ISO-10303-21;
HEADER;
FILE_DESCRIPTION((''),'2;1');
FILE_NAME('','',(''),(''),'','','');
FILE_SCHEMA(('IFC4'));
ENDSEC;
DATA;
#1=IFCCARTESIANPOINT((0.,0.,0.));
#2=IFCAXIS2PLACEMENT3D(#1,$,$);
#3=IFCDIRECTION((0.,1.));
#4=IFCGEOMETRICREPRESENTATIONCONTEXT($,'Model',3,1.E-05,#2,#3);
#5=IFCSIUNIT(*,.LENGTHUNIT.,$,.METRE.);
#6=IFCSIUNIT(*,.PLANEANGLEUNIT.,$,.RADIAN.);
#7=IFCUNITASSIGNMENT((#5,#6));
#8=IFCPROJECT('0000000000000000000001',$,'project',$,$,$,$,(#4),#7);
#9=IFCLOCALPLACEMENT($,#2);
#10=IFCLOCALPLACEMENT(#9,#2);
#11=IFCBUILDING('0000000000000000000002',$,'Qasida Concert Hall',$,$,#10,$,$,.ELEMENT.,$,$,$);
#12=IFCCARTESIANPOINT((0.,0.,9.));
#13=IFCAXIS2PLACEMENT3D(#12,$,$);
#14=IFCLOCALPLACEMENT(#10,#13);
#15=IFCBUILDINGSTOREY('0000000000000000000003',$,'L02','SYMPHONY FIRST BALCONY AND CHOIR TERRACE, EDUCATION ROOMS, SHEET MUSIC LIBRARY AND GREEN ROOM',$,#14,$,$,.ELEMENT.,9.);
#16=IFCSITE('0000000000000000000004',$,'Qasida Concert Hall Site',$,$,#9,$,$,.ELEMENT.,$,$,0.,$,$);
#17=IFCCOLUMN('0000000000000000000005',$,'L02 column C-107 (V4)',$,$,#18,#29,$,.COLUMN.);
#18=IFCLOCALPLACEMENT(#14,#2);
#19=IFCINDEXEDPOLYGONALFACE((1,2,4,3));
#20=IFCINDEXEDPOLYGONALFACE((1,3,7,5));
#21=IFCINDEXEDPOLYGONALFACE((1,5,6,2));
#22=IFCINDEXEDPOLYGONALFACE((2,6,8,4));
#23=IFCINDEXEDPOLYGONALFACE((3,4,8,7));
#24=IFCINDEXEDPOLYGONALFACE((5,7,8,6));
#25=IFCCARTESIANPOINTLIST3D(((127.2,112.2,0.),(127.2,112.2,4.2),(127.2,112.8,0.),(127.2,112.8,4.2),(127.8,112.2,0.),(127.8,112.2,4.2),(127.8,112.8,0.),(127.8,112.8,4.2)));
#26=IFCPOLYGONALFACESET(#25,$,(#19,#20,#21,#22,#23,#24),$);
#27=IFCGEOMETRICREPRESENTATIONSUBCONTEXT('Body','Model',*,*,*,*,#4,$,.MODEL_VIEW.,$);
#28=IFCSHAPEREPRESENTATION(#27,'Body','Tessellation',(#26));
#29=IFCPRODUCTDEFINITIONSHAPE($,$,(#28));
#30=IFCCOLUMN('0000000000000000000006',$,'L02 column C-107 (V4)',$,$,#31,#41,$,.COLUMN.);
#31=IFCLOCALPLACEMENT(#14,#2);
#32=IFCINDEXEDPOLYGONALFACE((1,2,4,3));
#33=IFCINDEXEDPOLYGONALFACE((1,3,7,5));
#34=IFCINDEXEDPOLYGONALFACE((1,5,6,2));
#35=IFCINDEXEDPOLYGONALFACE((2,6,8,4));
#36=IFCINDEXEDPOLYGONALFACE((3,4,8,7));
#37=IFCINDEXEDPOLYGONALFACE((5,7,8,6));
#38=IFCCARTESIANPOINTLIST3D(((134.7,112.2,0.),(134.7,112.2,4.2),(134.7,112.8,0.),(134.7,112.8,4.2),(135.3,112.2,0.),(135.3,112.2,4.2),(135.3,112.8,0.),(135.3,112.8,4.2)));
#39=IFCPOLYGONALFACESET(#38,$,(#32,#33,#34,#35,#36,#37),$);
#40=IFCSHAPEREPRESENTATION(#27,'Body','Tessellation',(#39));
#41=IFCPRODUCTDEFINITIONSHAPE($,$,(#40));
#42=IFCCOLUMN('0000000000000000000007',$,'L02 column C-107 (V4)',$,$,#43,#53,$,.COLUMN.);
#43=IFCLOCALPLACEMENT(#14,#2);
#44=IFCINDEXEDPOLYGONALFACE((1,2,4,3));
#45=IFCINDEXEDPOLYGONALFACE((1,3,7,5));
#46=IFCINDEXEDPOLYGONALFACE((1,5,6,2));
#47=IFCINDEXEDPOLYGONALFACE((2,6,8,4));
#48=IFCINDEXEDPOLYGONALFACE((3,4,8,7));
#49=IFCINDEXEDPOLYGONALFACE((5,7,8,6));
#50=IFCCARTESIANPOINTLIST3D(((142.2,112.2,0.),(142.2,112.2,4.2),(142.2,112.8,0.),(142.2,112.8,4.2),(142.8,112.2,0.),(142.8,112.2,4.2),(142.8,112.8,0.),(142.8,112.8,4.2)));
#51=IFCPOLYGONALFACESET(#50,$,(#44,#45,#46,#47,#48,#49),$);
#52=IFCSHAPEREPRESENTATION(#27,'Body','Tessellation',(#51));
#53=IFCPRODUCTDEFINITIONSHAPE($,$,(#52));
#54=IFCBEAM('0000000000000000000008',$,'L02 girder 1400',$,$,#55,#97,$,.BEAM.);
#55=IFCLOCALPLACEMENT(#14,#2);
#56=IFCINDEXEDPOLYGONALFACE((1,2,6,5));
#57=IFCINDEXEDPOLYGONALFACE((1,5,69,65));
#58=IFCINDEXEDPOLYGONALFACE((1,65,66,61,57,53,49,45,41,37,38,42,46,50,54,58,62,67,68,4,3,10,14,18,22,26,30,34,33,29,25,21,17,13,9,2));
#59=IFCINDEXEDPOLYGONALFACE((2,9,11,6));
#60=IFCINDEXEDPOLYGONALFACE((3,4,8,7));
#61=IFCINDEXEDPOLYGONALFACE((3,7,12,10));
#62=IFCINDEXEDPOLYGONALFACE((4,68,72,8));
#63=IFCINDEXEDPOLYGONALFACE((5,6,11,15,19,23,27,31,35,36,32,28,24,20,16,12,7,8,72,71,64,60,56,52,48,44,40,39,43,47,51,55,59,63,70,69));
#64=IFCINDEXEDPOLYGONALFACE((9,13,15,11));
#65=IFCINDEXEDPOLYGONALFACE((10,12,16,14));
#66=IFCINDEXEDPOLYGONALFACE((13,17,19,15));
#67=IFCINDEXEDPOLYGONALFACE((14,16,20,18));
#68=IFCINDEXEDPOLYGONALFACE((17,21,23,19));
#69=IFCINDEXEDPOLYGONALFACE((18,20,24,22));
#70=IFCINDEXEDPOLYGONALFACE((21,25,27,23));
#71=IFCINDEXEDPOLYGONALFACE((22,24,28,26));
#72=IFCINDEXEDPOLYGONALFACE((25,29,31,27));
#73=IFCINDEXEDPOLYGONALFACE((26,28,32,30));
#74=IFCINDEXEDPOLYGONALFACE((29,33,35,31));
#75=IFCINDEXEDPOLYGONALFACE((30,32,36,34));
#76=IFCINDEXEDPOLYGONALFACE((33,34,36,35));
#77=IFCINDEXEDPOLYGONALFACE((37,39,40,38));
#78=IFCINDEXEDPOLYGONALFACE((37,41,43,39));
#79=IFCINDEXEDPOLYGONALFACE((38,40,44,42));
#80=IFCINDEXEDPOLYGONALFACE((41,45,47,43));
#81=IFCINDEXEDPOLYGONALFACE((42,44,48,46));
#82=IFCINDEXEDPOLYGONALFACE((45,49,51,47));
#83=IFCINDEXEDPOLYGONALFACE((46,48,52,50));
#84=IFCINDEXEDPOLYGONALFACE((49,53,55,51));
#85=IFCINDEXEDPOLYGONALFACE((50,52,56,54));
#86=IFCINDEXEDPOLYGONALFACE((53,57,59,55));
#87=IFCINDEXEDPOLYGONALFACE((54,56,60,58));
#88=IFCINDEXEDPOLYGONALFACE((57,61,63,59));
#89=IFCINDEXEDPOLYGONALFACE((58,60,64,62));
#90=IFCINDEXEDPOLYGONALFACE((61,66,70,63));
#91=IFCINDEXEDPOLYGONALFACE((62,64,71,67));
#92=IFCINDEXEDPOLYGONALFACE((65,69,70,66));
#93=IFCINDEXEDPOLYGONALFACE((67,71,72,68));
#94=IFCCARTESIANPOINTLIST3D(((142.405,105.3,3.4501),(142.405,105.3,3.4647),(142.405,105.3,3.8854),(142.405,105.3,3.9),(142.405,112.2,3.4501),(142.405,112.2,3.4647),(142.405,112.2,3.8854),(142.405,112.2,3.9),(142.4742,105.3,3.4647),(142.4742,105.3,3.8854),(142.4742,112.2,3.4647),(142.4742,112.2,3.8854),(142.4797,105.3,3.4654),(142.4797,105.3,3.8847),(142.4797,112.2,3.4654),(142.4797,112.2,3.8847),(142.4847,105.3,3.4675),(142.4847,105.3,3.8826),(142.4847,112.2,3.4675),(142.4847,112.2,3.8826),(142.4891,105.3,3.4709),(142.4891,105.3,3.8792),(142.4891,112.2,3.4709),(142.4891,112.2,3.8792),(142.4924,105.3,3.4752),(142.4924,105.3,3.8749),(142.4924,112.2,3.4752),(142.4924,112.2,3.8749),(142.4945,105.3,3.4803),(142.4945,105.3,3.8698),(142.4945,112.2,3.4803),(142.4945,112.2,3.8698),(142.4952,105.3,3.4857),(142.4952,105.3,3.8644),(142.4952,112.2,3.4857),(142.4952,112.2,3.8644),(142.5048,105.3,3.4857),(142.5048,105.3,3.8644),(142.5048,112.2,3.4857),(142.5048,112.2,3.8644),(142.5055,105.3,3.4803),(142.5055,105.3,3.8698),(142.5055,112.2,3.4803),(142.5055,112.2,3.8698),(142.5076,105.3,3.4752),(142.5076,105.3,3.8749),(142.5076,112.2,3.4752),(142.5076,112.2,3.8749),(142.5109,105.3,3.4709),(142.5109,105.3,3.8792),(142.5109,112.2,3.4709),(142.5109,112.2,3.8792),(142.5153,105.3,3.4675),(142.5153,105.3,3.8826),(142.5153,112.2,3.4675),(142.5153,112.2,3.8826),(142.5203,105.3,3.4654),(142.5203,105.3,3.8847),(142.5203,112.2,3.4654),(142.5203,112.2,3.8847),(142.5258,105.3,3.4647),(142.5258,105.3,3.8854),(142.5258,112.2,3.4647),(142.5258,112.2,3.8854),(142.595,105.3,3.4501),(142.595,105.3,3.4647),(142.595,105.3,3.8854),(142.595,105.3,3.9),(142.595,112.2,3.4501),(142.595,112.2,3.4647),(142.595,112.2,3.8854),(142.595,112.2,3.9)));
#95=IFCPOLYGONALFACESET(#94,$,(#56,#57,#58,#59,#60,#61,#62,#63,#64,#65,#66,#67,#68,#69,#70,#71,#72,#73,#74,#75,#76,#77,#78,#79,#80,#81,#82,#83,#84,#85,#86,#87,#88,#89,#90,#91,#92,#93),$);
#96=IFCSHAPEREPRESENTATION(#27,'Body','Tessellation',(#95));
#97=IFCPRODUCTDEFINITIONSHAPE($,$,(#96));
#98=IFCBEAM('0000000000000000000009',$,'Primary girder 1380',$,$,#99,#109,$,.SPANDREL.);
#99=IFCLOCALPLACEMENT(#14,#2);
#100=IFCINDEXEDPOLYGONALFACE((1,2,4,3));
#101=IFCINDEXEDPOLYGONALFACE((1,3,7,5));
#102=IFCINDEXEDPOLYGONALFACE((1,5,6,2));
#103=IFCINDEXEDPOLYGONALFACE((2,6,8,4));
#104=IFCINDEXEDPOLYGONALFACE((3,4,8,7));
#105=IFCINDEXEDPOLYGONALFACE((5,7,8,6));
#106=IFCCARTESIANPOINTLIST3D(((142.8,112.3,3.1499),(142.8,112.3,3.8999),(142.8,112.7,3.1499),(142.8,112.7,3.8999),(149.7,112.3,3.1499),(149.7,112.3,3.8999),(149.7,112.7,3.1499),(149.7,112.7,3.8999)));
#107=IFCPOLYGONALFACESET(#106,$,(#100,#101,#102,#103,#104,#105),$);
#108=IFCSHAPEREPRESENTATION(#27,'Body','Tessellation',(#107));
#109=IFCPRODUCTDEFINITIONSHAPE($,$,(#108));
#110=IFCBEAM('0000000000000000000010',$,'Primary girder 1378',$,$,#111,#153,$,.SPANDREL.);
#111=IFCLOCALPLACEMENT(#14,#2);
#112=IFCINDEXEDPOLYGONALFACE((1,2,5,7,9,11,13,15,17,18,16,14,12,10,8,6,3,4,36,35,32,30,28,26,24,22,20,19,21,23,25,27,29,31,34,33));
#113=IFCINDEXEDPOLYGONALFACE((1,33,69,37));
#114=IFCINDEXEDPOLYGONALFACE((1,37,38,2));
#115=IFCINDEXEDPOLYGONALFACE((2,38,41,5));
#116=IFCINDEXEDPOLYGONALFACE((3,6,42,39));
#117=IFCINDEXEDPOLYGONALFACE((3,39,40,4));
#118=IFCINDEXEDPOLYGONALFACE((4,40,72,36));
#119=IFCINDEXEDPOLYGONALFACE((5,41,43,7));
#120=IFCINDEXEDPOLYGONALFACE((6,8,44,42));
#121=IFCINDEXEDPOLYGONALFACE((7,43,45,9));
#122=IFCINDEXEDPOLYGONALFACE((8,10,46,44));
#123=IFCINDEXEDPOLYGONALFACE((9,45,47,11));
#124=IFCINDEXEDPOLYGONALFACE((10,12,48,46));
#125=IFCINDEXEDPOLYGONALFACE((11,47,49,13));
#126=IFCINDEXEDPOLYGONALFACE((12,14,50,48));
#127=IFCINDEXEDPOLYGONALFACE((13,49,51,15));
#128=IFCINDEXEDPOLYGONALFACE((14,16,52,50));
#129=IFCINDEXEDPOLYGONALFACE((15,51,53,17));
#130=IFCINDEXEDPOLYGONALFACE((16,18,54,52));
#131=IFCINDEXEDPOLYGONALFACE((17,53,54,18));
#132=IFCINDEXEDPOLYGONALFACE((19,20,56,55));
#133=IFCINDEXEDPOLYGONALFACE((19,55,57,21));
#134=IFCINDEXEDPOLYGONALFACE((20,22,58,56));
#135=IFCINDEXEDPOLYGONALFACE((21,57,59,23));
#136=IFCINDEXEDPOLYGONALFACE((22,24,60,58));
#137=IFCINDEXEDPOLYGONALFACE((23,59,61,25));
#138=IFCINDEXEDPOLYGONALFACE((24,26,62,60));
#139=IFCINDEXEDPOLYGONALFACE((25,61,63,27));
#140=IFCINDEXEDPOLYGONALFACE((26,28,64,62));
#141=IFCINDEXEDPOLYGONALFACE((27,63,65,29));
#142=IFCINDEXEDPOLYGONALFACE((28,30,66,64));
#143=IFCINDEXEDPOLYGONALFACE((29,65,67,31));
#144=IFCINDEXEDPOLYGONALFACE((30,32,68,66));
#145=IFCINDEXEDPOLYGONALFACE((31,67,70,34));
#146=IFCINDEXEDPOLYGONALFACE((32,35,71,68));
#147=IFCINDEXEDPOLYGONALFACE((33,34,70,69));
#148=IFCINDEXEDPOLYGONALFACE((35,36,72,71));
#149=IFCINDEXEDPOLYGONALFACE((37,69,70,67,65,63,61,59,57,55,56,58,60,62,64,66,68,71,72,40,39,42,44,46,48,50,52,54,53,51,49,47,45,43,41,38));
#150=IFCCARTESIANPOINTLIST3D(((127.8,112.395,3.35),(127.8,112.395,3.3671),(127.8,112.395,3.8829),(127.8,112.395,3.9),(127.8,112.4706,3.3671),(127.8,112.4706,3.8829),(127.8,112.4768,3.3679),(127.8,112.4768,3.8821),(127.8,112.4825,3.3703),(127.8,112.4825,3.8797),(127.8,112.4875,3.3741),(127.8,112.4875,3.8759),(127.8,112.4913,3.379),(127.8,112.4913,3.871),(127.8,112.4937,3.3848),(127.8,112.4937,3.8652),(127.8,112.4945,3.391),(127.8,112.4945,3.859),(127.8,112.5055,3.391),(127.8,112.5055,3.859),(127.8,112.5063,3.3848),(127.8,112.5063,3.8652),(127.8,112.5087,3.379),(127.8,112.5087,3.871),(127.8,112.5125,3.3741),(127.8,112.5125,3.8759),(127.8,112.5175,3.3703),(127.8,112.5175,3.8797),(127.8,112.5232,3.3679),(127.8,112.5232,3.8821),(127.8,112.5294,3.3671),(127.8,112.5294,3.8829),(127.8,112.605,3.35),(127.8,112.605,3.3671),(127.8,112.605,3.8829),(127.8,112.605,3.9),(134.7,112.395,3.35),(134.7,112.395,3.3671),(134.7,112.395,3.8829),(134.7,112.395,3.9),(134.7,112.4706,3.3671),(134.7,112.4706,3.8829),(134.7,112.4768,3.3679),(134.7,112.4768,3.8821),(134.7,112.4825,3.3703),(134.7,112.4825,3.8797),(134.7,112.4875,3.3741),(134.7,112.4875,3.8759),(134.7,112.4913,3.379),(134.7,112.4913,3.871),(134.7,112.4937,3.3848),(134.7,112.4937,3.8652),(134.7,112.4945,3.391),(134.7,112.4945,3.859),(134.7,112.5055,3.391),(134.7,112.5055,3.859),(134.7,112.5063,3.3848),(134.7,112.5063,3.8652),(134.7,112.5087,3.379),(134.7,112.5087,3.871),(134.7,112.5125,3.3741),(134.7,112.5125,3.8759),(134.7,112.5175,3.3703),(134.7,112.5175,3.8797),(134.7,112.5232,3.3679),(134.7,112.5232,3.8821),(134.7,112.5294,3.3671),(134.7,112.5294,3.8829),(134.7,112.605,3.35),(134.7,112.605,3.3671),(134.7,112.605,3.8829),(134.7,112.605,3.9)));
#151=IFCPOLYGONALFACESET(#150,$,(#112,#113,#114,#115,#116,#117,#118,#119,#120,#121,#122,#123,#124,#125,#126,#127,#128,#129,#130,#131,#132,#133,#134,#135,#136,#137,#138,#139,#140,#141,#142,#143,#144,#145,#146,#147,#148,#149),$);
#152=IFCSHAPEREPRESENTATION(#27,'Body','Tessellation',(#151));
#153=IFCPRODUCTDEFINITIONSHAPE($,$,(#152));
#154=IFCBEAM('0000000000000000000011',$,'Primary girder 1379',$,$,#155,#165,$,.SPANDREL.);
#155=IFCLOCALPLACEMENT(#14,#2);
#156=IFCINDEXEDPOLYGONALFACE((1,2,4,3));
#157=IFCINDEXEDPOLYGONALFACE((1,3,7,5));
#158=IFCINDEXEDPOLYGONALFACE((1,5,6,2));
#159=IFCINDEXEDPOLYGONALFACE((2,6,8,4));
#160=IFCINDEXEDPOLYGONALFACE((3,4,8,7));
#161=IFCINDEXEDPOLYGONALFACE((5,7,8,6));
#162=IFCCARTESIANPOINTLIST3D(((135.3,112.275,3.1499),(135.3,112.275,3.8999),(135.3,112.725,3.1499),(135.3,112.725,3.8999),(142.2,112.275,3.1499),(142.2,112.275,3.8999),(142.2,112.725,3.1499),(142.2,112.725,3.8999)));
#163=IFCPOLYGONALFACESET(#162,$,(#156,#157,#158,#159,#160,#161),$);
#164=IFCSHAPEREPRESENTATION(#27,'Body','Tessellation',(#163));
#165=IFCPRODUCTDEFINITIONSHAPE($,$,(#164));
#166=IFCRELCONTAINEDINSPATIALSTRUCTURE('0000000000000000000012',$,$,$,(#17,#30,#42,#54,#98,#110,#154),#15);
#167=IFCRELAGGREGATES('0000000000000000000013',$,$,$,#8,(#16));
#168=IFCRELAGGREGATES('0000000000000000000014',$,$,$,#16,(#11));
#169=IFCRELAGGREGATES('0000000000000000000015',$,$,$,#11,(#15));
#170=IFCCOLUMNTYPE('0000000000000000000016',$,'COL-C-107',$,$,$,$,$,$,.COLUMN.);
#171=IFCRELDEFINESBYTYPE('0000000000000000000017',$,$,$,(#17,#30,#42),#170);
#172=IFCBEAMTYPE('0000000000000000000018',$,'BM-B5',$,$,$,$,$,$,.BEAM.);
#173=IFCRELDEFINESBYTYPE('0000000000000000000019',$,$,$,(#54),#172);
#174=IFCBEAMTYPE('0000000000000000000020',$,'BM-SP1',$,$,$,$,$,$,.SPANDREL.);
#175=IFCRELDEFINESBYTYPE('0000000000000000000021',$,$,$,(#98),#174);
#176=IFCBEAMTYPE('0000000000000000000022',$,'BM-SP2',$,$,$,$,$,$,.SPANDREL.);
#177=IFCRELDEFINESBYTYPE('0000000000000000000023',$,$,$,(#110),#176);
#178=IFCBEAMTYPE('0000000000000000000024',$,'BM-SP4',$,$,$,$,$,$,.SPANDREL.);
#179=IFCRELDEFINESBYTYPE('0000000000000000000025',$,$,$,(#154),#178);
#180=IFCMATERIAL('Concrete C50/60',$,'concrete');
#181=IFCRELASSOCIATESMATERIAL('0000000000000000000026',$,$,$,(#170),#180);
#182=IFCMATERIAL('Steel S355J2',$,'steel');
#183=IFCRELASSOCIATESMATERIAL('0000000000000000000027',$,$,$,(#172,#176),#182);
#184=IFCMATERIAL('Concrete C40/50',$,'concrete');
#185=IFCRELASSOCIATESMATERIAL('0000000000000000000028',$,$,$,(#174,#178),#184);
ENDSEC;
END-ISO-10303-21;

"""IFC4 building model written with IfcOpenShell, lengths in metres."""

from ifc_helpers import new_model, si_unit, direction, frame, origin, origin_2d, place, context, subcontext, project, spatial, rectangle, i_section, extrude, material, material_profile, profile_set, type_object, element, save


model = new_model("IFC4")

# Units and contexts
model_context = context("Model", 3, precision=1e-05, world=origin(), true_north=direction((0.0, 1.0)))
body_context = subcontext(model_context, "Body", "Model", "MODEL_VIEW")
ifc_project = project(units=[si_unit("LENGTHUNIT", "METRE"), si_unit("PLANEANGLEUNIT", "RADIAN")], contexts=[model_context])

# Site, building, storey
site_placement = place(None, origin())
site = spatial("IfcSite", under=ifc_project, at=site_placement, Name="Qasida Concert Hall Site", CompositionType="ELEMENT", RefElevation=0.0)
building_placement = place(site_placement, origin())
building = spatial("IfcBuilding", under=site, at=building_placement, Name="Qasida Concert Hall", CompositionType="ELEMENT")
storey_placement = place(building_placement, frame((0.0, 0.0, 9.0)))
storey = spatial("IfcBuildingStorey", under=building, at=storey_placement, Name="L02", Description="SYMPHONY FIRST BALCONY AND CHOIR TERRACE, EDUCATION ROOMS, SHEET MUSIC LIBRARY AND GREEN ROOM", CompositionType="ELEMENT", Elevation=9.0)

# Columns
ifc_material_1 = material(Name="Concrete C50/60", Category="concrete")
ifc_material_profile_1 = material_profile(ifc_material_1, rectangle(XDim=0.6001, YDim=0.6001, at=origin_2d()), Name="RC 600x600")
ifc_profile_set_1 = profile_set([ifc_material_profile_1], Name="Concrete C50/60")
column_type = type_object("IfcColumnType", Name="COL-C-107", PredefinedType="COLUMN", material=ifc_profile_set_1)
for number, where, z_axis, x_axis, name in (
    (1, (127.5, 112.5, 0.0), (0.0, 0.0, 1.0), (1.0, 0.0, 0.0), "L02 column C-107 (V4)"),
    (2, (135.0, 112.5, 0.0), (0.0, 0.0, 1.0), (1.0, 0.0, 0.0), "L02 column C-107 (V4)"),
    (3, (142.5, 112.5, 0.0), (0.0, 0.0, 1.0), (1.0, 0.0, 0.0), "L02 column C-107 (V4)"),
):
    element("IfcColumn", number, at=place(storey_placement, frame(where, z_axis=z_axis, x_axis=x_axis)), inside=storey, type_object=column_type, Name=name, PredefinedType="COLUMN", context=body_context, shape_type="SweptSolid", body=[
        extrude(rectangle(XDim=0.6001, YDim=0.6001, at=origin_2d()), origin(), (0.0, 0.0, 1.0), 4.2),
    ])

# Beams
ifc_material_2 = material(Name="Steel S355J2", Category="steel")
ifc_material_profile_2 = material_profile(ifc_material_2, i_section(OverallWidth=0.1899, OverallDepth=0.45, WebThickness=0.0095, FlangeThickness=0.0146, FilletRadius=0.021, at=origin_2d()), Name="IPE 450")
ifc_profile_set_2 = profile_set([ifc_material_profile_2], Name="Steel S355J2")
beam_type_1 = type_object("IfcBeamType", Name="BM-B5", PredefinedType="BEAM", material=ifc_profile_set_2)
beam_1_placement = place(storey_placement, frame((142.5, 105.3, 3.675), z_axis=(0.0, 1.0, 0.0), x_axis=(-1.0, 0.0, 0.0)))
element("IfcBeam", 4, at=beam_1_placement, inside=storey, type_object=beam_type_1, Name="L02 girder 1400", PredefinedType="BEAM", context=body_context, shape_type="SweptSolid", body=[
    extrude(i_section(OverallWidth=0.1899, OverallDepth=0.45, WebThickness=0.0095, FlangeThickness=0.0146, FilletRadius=0.021, at=origin_2d()), origin(), (0.0, 0.0, 1.0), 6.8999),
])
ifc_material_3 = material(Name="Concrete C40/50", Category="concrete")
ifc_material_profile_3 = material_profile(ifc_material_3, rectangle(XDim=0.3999, YDim=0.75, at=origin_2d()), Name="RC 400x750")
ifc_profile_set_3 = profile_set([ifc_material_profile_3], Name="Concrete C40/50")
beam_type_2 = type_object("IfcBeamType", Name="BM-SP1", PredefinedType="SPANDREL", material=ifc_profile_set_3)
beam_2_placement = place(storey_placement, frame((142.8, 112.5, 3.5249), z_axis=(1.0, 0.0, 0.0), x_axis=(0.0, 1.0, 0.0)))
element("IfcBeam", 5, at=beam_2_placement, inside=storey, type_object=beam_type_2, Name="Primary girder 1380", PredefinedType="SPANDREL", context=body_context, shape_type="SweptSolid", body=[
    extrude(rectangle(XDim=0.3999, YDim=0.75, at=origin_2d()), origin(), (0.0, 0.0, 1.0), 6.8999),
])
ifc_material_profile_4 = material_profile(ifc_material_2, i_section(OverallWidth=0.21, OverallDepth=0.55, WebThickness=0.011, FlangeThickness=0.0171, FilletRadius=0.0239, at=origin_2d()), Name="IPE 550")
ifc_profile_set_4 = profile_set([ifc_material_profile_4], Name="Steel S355J2")
beam_type_3 = type_object("IfcBeamType", Name="BM-SP2", PredefinedType="SPANDREL", material=ifc_profile_set_4)
beam_3_placement = place(storey_placement, frame((127.8, 112.5, 3.625), z_axis=(1.0, 0.0, 0.0), x_axis=(0.0, 1.0, 0.0)))
element("IfcBeam", 6, at=beam_3_placement, inside=storey, type_object=beam_type_3, Name="Primary girder 1378", PredefinedType="SPANDREL", context=body_context, shape_type="SweptSolid", body=[
    extrude(i_section(OverallWidth=0.21, OverallDepth=0.55, WebThickness=0.011, FlangeThickness=0.0171, FilletRadius=0.0239, at=origin_2d()), origin(), (0.0, 0.0, 1.0), 6.8999),
])
ifc_material_profile_5 = material_profile(ifc_material_3, rectangle(XDim=0.45, YDim=0.75, at=origin_2d()), Name="RC 450x750")
ifc_profile_set_5 = profile_set([ifc_material_profile_5], Name="Concrete C40/50")
beam_type_4 = type_object("IfcBeamType", Name="BM-SP4", PredefinedType="SPANDREL", material=ifc_profile_set_5)
beam_4_placement = place(storey_placement, frame((135.3, 112.5, 3.5249), z_axis=(1.0, 0.0, 0.0), x_axis=(0.0, 1.0, 0.0)))
element("IfcBeam", 7, at=beam_4_placement, inside=storey, type_object=beam_type_4, Name="Primary girder 1379", PredefinedType="SPANDREL", context=body_context, shape_type="SweptSolid", body=[
    extrude(rectangle(XDim=0.45, YDim=0.75, at=origin_2d()), origin(), (0.0, 0.0, 1.0), 6.8999),
])

save(model, "model.ifc")
